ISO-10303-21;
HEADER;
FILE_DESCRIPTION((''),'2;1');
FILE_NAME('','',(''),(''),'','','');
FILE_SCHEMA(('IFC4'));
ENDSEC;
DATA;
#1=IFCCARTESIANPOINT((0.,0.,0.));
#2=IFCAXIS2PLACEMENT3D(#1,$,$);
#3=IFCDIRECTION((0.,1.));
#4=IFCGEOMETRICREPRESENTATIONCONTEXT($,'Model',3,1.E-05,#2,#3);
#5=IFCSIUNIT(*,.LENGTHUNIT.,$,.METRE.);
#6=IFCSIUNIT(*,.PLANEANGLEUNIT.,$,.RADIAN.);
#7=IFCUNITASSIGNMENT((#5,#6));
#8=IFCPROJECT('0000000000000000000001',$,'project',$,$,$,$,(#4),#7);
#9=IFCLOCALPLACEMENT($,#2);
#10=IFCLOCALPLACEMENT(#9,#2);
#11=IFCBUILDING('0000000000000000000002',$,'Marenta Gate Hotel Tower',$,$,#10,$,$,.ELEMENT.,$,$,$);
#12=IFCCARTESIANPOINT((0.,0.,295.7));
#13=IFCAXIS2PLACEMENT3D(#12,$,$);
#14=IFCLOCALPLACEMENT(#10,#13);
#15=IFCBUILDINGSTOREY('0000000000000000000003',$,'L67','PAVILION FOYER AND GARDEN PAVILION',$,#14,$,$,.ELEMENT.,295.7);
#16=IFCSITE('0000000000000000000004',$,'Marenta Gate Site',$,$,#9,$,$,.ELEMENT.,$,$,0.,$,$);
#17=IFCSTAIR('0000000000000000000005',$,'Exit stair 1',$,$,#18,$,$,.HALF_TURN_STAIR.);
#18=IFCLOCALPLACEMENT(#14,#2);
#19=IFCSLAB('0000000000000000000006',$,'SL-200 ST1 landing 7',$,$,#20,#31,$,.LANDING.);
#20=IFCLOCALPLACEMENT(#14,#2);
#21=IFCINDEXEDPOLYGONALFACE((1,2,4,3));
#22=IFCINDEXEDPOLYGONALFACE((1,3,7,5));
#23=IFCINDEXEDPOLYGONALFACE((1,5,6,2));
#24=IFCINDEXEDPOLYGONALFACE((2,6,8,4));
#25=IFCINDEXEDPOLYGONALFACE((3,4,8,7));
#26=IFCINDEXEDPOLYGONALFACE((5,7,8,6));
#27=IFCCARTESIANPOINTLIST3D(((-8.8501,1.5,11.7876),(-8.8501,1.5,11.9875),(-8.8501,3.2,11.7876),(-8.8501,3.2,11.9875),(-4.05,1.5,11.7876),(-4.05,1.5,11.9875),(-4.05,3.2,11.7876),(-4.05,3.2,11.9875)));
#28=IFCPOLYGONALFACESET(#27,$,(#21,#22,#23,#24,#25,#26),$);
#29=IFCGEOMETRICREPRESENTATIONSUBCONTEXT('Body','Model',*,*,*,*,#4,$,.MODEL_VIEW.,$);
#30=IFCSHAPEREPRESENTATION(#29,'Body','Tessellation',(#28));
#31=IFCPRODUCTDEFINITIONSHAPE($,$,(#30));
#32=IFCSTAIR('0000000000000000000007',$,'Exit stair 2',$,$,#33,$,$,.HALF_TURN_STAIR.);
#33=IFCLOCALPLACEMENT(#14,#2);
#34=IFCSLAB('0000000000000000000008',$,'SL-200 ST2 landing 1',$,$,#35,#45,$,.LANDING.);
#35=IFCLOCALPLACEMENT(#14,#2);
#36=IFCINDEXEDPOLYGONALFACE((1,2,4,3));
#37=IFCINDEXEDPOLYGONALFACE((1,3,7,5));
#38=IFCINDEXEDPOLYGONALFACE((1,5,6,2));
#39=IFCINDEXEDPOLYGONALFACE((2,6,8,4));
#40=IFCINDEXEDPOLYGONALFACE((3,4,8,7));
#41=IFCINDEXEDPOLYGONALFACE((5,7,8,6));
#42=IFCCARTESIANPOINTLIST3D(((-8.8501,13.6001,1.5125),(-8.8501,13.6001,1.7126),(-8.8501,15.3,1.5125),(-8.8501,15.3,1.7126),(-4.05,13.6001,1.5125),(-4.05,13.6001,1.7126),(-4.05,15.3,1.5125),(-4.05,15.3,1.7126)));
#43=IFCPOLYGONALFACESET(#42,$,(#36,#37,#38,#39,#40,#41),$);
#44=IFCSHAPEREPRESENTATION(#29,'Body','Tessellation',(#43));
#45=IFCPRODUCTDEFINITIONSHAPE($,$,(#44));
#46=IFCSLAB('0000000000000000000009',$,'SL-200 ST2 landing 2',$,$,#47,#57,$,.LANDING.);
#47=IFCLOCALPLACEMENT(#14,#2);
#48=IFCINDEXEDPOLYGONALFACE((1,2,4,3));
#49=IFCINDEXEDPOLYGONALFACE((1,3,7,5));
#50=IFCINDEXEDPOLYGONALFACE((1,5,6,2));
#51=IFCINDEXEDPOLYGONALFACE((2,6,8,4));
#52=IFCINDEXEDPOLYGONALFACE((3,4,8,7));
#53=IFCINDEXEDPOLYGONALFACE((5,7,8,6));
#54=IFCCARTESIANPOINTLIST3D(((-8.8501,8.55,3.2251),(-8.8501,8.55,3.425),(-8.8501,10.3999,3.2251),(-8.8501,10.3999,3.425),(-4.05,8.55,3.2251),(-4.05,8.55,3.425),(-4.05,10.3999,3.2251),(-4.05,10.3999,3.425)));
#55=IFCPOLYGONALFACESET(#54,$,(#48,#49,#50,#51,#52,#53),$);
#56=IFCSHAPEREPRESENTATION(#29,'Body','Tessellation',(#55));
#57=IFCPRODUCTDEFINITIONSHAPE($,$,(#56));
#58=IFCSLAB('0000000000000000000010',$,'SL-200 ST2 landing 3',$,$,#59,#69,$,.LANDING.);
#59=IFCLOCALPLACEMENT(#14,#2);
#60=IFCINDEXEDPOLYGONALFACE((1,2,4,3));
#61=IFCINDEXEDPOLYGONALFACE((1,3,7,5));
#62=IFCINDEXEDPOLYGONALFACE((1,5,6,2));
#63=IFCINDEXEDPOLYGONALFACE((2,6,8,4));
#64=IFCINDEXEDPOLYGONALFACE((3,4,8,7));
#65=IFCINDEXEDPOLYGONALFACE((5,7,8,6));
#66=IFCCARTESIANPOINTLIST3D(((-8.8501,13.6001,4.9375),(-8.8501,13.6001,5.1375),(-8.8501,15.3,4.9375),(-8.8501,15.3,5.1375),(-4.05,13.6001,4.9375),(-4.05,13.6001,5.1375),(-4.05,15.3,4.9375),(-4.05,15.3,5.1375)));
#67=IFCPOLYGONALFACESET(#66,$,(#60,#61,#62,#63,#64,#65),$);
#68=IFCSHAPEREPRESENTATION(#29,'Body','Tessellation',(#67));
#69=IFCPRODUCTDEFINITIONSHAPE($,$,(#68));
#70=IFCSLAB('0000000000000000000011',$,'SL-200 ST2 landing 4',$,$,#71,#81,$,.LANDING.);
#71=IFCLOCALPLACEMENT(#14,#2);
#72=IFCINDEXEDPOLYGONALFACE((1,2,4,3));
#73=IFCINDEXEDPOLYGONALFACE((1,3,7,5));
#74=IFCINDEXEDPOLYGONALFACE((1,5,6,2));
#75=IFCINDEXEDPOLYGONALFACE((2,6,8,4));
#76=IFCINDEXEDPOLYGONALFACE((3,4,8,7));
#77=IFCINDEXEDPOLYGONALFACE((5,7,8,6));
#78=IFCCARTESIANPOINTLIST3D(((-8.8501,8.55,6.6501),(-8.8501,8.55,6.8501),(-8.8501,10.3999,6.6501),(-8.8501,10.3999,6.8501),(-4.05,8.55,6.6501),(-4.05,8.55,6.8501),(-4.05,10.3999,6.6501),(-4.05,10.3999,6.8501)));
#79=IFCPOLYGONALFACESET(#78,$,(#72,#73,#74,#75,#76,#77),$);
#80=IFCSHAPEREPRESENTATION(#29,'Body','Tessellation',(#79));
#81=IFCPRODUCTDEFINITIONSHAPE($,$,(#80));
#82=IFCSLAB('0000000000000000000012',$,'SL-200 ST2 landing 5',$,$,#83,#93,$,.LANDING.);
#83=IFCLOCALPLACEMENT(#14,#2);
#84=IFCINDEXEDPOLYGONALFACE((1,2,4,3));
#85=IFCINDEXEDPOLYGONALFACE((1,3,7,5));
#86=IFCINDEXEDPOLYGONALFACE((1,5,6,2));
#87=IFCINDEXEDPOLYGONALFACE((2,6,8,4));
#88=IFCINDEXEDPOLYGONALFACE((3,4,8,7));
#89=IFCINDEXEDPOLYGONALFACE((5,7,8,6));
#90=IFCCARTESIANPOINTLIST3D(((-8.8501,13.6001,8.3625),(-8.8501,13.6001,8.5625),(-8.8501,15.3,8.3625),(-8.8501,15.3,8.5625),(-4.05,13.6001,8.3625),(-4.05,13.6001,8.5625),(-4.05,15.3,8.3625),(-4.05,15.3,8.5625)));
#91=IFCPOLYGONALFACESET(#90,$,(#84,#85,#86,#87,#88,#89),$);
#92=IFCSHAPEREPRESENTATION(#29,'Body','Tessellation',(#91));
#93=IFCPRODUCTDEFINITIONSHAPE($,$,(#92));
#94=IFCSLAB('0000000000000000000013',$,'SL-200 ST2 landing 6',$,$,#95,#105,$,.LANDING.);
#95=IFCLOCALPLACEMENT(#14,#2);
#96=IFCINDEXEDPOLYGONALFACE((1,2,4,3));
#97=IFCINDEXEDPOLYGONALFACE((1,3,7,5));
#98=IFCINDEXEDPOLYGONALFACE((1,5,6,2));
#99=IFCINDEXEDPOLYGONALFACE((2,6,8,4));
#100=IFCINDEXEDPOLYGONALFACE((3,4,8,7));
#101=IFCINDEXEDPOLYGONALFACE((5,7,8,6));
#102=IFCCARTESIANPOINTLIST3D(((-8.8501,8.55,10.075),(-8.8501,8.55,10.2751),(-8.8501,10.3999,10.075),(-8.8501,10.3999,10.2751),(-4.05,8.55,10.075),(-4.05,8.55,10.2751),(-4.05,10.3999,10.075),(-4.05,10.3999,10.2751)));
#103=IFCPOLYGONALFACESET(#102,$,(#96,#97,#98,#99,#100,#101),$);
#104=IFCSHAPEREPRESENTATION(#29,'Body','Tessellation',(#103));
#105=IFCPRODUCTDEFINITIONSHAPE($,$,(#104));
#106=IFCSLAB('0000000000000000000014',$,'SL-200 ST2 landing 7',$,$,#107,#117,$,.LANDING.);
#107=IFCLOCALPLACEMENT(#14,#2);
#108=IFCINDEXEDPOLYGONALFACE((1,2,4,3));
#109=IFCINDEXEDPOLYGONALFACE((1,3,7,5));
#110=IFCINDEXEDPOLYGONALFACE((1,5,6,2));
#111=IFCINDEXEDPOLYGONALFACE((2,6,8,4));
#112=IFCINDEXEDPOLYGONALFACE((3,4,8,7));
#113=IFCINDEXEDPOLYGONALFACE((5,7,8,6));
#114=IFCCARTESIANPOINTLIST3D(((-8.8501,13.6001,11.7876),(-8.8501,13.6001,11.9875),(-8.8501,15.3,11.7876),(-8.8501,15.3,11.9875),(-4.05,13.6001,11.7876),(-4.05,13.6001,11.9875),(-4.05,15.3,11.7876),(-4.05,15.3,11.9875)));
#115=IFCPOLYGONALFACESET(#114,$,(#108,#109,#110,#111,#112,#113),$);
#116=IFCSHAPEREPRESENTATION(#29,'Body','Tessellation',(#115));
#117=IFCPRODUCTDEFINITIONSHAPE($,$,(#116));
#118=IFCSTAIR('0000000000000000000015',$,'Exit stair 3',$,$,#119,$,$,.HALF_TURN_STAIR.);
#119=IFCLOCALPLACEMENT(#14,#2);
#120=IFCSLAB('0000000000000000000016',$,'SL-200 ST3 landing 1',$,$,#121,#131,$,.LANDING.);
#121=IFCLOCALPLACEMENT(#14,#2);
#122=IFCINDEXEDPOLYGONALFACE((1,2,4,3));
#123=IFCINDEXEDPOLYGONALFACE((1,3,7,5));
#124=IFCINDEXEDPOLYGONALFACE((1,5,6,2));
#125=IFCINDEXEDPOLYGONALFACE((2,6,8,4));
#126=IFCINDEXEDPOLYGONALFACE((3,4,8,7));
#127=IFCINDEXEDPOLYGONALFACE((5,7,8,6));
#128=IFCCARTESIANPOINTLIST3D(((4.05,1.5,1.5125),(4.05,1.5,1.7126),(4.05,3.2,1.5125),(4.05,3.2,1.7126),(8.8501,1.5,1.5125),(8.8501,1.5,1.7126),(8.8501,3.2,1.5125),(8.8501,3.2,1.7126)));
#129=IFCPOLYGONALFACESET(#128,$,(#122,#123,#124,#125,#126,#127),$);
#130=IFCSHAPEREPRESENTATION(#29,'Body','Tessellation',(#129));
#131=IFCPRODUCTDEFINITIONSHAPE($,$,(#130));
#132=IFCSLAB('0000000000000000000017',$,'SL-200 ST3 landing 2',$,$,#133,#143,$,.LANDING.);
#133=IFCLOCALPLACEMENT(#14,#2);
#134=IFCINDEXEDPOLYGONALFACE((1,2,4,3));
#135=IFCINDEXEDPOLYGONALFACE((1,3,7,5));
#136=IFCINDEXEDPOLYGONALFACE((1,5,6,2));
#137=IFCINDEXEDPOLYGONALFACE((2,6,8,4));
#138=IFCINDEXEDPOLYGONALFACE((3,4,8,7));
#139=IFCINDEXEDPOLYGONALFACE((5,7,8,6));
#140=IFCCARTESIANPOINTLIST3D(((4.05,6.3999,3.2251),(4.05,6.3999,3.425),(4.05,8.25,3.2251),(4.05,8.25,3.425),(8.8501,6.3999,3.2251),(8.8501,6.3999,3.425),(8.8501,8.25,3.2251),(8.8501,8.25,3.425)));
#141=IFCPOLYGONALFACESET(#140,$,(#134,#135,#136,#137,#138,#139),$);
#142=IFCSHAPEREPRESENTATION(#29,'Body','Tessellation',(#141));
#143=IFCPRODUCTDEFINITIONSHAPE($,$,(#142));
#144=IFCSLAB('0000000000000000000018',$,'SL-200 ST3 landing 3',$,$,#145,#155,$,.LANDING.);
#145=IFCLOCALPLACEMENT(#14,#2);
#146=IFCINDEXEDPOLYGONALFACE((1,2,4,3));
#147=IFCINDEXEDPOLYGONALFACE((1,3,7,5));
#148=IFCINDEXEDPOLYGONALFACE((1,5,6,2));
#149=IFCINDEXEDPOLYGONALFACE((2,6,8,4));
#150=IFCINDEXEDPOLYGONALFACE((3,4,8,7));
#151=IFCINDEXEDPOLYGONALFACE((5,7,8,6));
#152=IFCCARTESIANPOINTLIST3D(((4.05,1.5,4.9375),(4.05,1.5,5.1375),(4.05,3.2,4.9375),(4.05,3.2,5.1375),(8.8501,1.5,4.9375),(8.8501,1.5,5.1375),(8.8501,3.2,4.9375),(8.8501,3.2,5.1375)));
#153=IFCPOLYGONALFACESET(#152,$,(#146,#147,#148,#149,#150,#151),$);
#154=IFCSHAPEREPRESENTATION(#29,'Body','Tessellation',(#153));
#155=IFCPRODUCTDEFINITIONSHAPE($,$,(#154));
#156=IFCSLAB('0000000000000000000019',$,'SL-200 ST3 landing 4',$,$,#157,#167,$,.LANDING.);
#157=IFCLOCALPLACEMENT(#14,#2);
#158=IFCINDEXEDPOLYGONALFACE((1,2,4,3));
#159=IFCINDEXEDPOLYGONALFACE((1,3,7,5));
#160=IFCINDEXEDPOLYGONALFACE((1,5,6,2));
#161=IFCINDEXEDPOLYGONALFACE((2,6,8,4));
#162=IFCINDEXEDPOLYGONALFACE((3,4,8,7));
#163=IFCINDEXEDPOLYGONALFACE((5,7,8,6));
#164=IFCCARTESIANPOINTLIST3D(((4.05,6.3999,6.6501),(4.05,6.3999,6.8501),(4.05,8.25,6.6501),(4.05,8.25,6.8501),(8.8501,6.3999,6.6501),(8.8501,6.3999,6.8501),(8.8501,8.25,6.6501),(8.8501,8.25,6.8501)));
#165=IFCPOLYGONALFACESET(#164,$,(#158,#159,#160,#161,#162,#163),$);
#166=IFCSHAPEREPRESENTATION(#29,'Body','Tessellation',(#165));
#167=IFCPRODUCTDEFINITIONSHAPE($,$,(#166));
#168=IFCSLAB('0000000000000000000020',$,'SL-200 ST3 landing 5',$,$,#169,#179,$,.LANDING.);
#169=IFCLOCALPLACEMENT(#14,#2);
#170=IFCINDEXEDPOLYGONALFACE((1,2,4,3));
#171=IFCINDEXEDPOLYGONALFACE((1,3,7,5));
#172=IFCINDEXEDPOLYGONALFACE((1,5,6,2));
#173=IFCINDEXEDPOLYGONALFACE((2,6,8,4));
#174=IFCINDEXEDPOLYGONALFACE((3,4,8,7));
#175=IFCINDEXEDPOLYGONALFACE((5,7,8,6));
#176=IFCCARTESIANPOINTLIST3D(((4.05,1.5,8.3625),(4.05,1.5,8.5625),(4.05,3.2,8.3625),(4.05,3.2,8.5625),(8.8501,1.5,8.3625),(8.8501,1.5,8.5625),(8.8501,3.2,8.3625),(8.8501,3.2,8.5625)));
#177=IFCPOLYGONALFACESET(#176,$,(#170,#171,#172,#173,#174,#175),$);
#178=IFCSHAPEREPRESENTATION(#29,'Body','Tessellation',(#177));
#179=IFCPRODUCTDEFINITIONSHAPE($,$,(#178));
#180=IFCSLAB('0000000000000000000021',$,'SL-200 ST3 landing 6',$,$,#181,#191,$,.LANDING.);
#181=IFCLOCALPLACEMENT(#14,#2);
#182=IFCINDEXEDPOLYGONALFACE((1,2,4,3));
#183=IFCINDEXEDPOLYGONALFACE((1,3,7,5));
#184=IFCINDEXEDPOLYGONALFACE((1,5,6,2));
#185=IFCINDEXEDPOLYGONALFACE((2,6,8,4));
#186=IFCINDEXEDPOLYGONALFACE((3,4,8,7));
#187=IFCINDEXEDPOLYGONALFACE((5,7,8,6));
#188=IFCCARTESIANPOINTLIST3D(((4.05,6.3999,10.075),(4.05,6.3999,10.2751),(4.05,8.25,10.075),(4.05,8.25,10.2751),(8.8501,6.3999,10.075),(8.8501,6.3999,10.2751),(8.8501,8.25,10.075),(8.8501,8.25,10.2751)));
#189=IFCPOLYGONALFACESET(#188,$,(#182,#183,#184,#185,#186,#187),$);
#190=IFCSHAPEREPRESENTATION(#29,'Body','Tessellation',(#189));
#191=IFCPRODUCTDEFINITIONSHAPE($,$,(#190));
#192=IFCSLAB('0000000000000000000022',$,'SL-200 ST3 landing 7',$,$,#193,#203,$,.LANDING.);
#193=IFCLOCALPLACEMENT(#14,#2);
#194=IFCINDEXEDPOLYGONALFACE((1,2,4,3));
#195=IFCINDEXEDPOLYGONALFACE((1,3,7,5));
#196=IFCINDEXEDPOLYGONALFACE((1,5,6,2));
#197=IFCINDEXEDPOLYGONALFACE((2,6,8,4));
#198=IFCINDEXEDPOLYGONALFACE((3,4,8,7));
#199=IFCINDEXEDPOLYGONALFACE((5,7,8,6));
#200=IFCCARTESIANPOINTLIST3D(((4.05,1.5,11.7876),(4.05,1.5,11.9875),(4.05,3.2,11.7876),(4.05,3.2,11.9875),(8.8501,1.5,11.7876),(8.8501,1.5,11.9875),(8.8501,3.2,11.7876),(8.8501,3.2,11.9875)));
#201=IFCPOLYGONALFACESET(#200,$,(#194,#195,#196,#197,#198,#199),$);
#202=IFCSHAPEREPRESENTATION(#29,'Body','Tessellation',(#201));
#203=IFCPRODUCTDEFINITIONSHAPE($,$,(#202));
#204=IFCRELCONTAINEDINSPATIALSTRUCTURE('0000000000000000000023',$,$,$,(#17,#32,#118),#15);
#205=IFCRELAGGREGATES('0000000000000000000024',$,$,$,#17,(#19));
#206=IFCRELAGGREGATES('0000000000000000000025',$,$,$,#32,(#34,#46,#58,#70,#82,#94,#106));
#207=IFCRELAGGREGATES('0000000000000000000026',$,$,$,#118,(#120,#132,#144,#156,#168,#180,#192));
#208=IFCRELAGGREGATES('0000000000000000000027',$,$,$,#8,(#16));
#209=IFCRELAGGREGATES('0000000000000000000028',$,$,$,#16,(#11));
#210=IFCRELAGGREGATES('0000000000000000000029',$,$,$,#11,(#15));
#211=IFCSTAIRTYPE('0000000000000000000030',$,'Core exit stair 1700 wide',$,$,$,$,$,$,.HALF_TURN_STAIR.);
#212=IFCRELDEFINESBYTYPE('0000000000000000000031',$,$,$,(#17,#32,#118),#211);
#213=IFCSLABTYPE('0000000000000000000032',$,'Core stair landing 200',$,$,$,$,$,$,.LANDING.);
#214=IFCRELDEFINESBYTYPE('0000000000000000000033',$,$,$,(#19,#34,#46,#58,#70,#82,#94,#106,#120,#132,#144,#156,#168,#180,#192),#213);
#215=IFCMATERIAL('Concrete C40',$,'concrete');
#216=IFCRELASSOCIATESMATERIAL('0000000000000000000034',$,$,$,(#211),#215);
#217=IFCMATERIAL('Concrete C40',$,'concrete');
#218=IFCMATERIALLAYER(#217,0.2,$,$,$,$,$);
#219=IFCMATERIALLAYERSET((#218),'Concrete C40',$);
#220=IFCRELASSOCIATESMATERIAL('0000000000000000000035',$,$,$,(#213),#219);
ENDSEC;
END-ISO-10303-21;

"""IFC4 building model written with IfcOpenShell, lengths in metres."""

from ifc_helpers import new_model, si_unit, direction, frame, origin, place, context, subcontext, project, spatial, polyline, outline, extrude, material, layer, layer_set, type_object, element, aggregate, save


model = new_model("IFC4")

# Units and contexts
model_context = context("Model", 3, precision=1e-05, world=origin(), true_north=direction((0.0, 1.0)))
body_context = subcontext(model_context, "Body", "Model", "MODEL_VIEW")
ifc_project = project(units=[si_unit("LENGTHUNIT", "METRE"), si_unit("PLANEANGLEUNIT", "RADIAN")], contexts=[model_context])

# Site, building, storey
site_placement = place(None, origin())
site = spatial("IfcSite", under=ifc_project, at=site_placement, Name="Marenta Gate Site", CompositionType="ELEMENT", RefElevation=0.0)
building_placement = place(site_placement, origin())
building = spatial("IfcBuilding", under=site, at=building_placement, Name="Marenta Gate Hotel Tower", CompositionType="ELEMENT")
storey_placement = place(building_placement, frame((0.0, 0.0, 295.7)))
storey = spatial("IfcBuildingStorey", under=building, at=storey_placement, Name="L67", Description="PAVILION FOYER AND GARDEN PAVILION", CompositionType="ELEMENT", Elevation=295.7)

# Stair, slab
ifc_material_1 = material(Name="Concrete C40", Category="concrete")
stair_type = type_object("IfcStairType", Name="Core exit stair 1700 wide", PredefinedType="HALF_TURN_STAIR", material=ifc_material_1)
stair_1_placement = place(storey_placement, origin())
stair_1 = element("IfcStair", 1, at=stair_1_placement, inside=storey, type_object=stair_type, Name="Exit stair 1", PredefinedType="HALF_TURN_STAIR")
ifc_material_2 = material(Name="Concrete C40", Category="concrete")
ifc_layer_1 = layer(ifc_material_2, 0.2)
ifc_layer_set_1 = layer_set([ifc_layer_1], Name="Concrete C40")
slab_type = type_object("IfcSlabType", Name="Core stair landing 200", PredefinedType="LANDING", material=ifc_layer_set_1)
slab_1_placement = place(storey_placement, frame((0.0, 0.0, 11.7876)))
slab_1 = element("IfcSlab", 2, at=slab_1_placement, type_object=slab_type, Name="SL-200 ST1 landing 7", PredefinedType="LANDING", context=body_context, shape_type="SweptSolid", body=[
    extrude(outline(polyline([(-8.8501, 1.5), (-4.05, 1.5), (-4.05, 3.2), (-8.8501, 3.2), (-8.8501, 1.5)])), origin(), (0.0, 0.0, 1.0), 0.2),
])
aggregate(stair_1, [slab_1])

# Stairs, slabs
stair_2_placement = place(storey_placement, origin())
stair_2 = element("IfcStair", 3, at=stair_2_placement, inside=storey, type_object=stair_type, Name="Exit stair 2", PredefinedType="HALF_TURN_STAIR")
slab_2_placement = place(storey_placement, frame((0.0, 0.0, 1.5125)))
slab_2 = element("IfcSlab", 4, at=slab_2_placement, type_object=slab_type, Name="SL-200 ST2 landing 1", PredefinedType="LANDING", context=body_context, shape_type="SweptSolid", body=[
    extrude(outline(polyline([(-8.8501, 13.6001), (-4.05, 13.6001), (-4.05, 15.3), (-8.8501, 15.3), (-8.8501, 13.6001)])), origin(), (0.0, 0.0, 1.0), 0.2002),
])
slab_3_placement = place(storey_placement, frame((0.0, 0.0, 3.2251)))
slab_3 = element("IfcSlab", 5, at=slab_3_placement, type_object=slab_type, Name="SL-200 ST2 landing 2", PredefinedType="LANDING", context=body_context, shape_type="SweptSolid", body=[
    extrude(outline(polyline([(-8.8501, 8.55), (-4.05, 8.55), (-4.05, 10.3999), (-8.8501, 10.3999), (-8.8501, 8.55)])), origin(), (0.0, 0.0, 1.0), 0.2),
])
slab_4_placement = place(storey_placement, frame((0.0, 0.0, 4.9375)))
slab_4 = element("IfcSlab", 6, at=slab_4_placement, type_object=slab_type, Name="SL-200 ST2 landing 3", PredefinedType="LANDING", context=body_context, shape_type="SweptSolid", body=[
    extrude(outline(polyline([(-8.8501, 13.6001), (-4.05, 13.6001), (-4.05, 15.3), (-8.8501, 15.3), (-8.8501, 13.6001)])), origin(), (0.0, 0.0, 1.0), 0.2),
])
slab_5_placement = place(storey_placement, frame((0.0, 0.0, 6.6501)))
slab_5 = element("IfcSlab", 7, at=slab_5_placement, type_object=slab_type, Name="SL-200 ST2 landing 4", PredefinedType="LANDING", context=body_context, shape_type="SweptSolid", body=[
    extrude(outline(polyline([(-8.8501, 8.55), (-4.05, 8.55), (-4.05, 10.3999), (-8.8501, 10.3999), (-8.8501, 8.55)])), origin(), (0.0, 0.0, 1.0), 0.2),
])
slab_6_placement = place(storey_placement, frame((0.0, 0.0, 8.3625)))
slab_6 = element("IfcSlab", 8, at=slab_6_placement, type_object=slab_type, Name="SL-200 ST2 landing 5", PredefinedType="LANDING", context=body_context, shape_type="SweptSolid", body=[
    extrude(outline(polyline([(-8.8501, 13.6001), (-4.05, 13.6001), (-4.05, 15.3), (-8.8501, 15.3), (-8.8501, 13.6001)])), origin(), (0.0, 0.0, 1.0), 0.2),
])
slab_7_placement = place(storey_placement, frame((0.0, 0.0, 10.075)))
slab_7 = element("IfcSlab", 9, at=slab_7_placement, type_object=slab_type, Name="SL-200 ST2 landing 6", PredefinedType="LANDING", context=body_context, shape_type="SweptSolid", body=[
    extrude(outline(polyline([(-8.8501, 8.55), (-4.05, 8.55), (-4.05, 10.3999), (-8.8501, 10.3999), (-8.8501, 8.55)])), origin(), (0.0, 0.0, 1.0), 0.2002),
])
slab_8_placement = place(storey_placement, frame((0.0, 0.0, 11.7876)))
slab_8 = element("IfcSlab", 10, at=slab_8_placement, type_object=slab_type, Name="SL-200 ST2 landing 7", PredefinedType="LANDING", context=body_context, shape_type="SweptSolid", body=[
    extrude(outline(polyline([(-8.8501, 13.6001), (-4.05, 13.6001), (-4.05, 15.3), (-8.8501, 15.3), (-8.8501, 13.6001)])), origin(), (0.0, 0.0, 1.0), 0.2),
])
aggregate(stair_2, [slab_2, slab_3, slab_4, slab_5, slab_6, slab_7, slab_8])
stair_3_placement = place(storey_placement, origin())
stair_3 = element("IfcStair", 11, at=stair_3_placement, inside=storey, type_object=stair_type, Name="Exit stair 3", PredefinedType="HALF_TURN_STAIR")
slab_9_placement = place(storey_placement, frame((0.0, 0.0, 1.5125)))
slab_9 = element("IfcSlab", 12, at=slab_9_placement, type_object=slab_type, Name="SL-200 ST3 landing 1", PredefinedType="LANDING", context=body_context, shape_type="SweptSolid", body=[
    extrude(outline(polyline([(4.05, 1.5), (8.8501, 1.5), (8.8501, 3.2), (4.05, 3.2), (4.05, 1.5)])), origin(), (0.0, 0.0, 1.0), 0.2002),
])
slab_10_placement = place(storey_placement, frame((0.0, 0.0, 3.2251)))
slab_10 = element("IfcSlab", 13, at=slab_10_placement, type_object=slab_type, Name="SL-200 ST3 landing 2", PredefinedType="LANDING", context=body_context, shape_type="SweptSolid", body=[
    extrude(outline(polyline([(4.05, 6.3999), (8.8501, 6.3999), (8.8501, 8.25), (4.05, 8.25), (4.05, 6.3999)])), origin(), (0.0, 0.0, 1.0), 0.2),
])
slab_11_placement = place(storey_placement, frame((0.0, 0.0, 4.9375)))
slab_11 = element("IfcSlab", 14, at=slab_11_placement, type_object=slab_type, Name="SL-200 ST3 landing 3", PredefinedType="LANDING", context=body_context, shape_type="SweptSolid", body=[
    extrude(outline(polyline([(4.05, 1.5), (8.8501, 1.5), (8.8501, 3.2), (4.05, 3.2), (4.05, 1.5)])), origin(), (0.0, 0.0, 1.0), 0.2),
])
slab_12_placement = place(storey_placement, frame((0.0, 0.0, 6.6501)))
slab_12 = element("IfcSlab", 15, at=slab_12_placement, type_object=slab_type, Name="SL-200 ST3 landing 4", PredefinedType="LANDING", context=body_context, shape_type="SweptSolid", body=[
    extrude(outline(polyline([(4.05, 6.3999), (8.8501, 6.3999), (8.8501, 8.25), (4.05, 8.25), (4.05, 6.3999)])), origin(), (0.0, 0.0, 1.0), 0.2),
])
slab_13_placement = place(storey_placement, frame((0.0, 0.0, 8.3625)))
slab_13 = element("IfcSlab", 16, at=slab_13_placement, type_object=slab_type, Name="SL-200 ST3 landing 5", PredefinedType="LANDING", context=body_context, shape_type="SweptSolid", body=[
    extrude(outline(polyline([(4.05, 1.5), (8.8501, 1.5), (8.8501, 3.2), (4.05, 3.2), (4.05, 1.5)])), origin(), (0.0, 0.0, 1.0), 0.2),
])
slab_14_placement = place(storey_placement, frame((0.0, 0.0, 10.075)))
slab_14 = element("IfcSlab", 17, at=slab_14_placement, type_object=slab_type, Name="SL-200 ST3 landing 6", PredefinedType="LANDING", context=body_context, shape_type="SweptSolid", body=[
    extrude(outline(polyline([(4.05, 6.3999), (8.8501, 6.3999), (8.8501, 8.25), (4.05, 8.25), (4.05, 6.3999)])), origin(), (0.0, 0.0, 1.0), 0.2002),
])
slab_15_placement = place(storey_placement, frame((0.0, 0.0, 11.7876)))
slab_15 = element("IfcSlab", 18, at=slab_15_placement, type_object=slab_type, Name="SL-200 ST3 landing 7", PredefinedType="LANDING", context=body_context, shape_type="SweptSolid", body=[
    extrude(outline(polyline([(4.05, 1.5), (8.8501, 1.5), (8.8501, 3.2), (4.05, 3.2), (4.05, 1.5)])), origin(), (0.0, 0.0, 1.0), 0.2),
])

aggregate(stair_3, [slab_9, slab_10, slab_11, slab_12, slab_13, slab_14, slab_15])

save(model, "model.ifc")
